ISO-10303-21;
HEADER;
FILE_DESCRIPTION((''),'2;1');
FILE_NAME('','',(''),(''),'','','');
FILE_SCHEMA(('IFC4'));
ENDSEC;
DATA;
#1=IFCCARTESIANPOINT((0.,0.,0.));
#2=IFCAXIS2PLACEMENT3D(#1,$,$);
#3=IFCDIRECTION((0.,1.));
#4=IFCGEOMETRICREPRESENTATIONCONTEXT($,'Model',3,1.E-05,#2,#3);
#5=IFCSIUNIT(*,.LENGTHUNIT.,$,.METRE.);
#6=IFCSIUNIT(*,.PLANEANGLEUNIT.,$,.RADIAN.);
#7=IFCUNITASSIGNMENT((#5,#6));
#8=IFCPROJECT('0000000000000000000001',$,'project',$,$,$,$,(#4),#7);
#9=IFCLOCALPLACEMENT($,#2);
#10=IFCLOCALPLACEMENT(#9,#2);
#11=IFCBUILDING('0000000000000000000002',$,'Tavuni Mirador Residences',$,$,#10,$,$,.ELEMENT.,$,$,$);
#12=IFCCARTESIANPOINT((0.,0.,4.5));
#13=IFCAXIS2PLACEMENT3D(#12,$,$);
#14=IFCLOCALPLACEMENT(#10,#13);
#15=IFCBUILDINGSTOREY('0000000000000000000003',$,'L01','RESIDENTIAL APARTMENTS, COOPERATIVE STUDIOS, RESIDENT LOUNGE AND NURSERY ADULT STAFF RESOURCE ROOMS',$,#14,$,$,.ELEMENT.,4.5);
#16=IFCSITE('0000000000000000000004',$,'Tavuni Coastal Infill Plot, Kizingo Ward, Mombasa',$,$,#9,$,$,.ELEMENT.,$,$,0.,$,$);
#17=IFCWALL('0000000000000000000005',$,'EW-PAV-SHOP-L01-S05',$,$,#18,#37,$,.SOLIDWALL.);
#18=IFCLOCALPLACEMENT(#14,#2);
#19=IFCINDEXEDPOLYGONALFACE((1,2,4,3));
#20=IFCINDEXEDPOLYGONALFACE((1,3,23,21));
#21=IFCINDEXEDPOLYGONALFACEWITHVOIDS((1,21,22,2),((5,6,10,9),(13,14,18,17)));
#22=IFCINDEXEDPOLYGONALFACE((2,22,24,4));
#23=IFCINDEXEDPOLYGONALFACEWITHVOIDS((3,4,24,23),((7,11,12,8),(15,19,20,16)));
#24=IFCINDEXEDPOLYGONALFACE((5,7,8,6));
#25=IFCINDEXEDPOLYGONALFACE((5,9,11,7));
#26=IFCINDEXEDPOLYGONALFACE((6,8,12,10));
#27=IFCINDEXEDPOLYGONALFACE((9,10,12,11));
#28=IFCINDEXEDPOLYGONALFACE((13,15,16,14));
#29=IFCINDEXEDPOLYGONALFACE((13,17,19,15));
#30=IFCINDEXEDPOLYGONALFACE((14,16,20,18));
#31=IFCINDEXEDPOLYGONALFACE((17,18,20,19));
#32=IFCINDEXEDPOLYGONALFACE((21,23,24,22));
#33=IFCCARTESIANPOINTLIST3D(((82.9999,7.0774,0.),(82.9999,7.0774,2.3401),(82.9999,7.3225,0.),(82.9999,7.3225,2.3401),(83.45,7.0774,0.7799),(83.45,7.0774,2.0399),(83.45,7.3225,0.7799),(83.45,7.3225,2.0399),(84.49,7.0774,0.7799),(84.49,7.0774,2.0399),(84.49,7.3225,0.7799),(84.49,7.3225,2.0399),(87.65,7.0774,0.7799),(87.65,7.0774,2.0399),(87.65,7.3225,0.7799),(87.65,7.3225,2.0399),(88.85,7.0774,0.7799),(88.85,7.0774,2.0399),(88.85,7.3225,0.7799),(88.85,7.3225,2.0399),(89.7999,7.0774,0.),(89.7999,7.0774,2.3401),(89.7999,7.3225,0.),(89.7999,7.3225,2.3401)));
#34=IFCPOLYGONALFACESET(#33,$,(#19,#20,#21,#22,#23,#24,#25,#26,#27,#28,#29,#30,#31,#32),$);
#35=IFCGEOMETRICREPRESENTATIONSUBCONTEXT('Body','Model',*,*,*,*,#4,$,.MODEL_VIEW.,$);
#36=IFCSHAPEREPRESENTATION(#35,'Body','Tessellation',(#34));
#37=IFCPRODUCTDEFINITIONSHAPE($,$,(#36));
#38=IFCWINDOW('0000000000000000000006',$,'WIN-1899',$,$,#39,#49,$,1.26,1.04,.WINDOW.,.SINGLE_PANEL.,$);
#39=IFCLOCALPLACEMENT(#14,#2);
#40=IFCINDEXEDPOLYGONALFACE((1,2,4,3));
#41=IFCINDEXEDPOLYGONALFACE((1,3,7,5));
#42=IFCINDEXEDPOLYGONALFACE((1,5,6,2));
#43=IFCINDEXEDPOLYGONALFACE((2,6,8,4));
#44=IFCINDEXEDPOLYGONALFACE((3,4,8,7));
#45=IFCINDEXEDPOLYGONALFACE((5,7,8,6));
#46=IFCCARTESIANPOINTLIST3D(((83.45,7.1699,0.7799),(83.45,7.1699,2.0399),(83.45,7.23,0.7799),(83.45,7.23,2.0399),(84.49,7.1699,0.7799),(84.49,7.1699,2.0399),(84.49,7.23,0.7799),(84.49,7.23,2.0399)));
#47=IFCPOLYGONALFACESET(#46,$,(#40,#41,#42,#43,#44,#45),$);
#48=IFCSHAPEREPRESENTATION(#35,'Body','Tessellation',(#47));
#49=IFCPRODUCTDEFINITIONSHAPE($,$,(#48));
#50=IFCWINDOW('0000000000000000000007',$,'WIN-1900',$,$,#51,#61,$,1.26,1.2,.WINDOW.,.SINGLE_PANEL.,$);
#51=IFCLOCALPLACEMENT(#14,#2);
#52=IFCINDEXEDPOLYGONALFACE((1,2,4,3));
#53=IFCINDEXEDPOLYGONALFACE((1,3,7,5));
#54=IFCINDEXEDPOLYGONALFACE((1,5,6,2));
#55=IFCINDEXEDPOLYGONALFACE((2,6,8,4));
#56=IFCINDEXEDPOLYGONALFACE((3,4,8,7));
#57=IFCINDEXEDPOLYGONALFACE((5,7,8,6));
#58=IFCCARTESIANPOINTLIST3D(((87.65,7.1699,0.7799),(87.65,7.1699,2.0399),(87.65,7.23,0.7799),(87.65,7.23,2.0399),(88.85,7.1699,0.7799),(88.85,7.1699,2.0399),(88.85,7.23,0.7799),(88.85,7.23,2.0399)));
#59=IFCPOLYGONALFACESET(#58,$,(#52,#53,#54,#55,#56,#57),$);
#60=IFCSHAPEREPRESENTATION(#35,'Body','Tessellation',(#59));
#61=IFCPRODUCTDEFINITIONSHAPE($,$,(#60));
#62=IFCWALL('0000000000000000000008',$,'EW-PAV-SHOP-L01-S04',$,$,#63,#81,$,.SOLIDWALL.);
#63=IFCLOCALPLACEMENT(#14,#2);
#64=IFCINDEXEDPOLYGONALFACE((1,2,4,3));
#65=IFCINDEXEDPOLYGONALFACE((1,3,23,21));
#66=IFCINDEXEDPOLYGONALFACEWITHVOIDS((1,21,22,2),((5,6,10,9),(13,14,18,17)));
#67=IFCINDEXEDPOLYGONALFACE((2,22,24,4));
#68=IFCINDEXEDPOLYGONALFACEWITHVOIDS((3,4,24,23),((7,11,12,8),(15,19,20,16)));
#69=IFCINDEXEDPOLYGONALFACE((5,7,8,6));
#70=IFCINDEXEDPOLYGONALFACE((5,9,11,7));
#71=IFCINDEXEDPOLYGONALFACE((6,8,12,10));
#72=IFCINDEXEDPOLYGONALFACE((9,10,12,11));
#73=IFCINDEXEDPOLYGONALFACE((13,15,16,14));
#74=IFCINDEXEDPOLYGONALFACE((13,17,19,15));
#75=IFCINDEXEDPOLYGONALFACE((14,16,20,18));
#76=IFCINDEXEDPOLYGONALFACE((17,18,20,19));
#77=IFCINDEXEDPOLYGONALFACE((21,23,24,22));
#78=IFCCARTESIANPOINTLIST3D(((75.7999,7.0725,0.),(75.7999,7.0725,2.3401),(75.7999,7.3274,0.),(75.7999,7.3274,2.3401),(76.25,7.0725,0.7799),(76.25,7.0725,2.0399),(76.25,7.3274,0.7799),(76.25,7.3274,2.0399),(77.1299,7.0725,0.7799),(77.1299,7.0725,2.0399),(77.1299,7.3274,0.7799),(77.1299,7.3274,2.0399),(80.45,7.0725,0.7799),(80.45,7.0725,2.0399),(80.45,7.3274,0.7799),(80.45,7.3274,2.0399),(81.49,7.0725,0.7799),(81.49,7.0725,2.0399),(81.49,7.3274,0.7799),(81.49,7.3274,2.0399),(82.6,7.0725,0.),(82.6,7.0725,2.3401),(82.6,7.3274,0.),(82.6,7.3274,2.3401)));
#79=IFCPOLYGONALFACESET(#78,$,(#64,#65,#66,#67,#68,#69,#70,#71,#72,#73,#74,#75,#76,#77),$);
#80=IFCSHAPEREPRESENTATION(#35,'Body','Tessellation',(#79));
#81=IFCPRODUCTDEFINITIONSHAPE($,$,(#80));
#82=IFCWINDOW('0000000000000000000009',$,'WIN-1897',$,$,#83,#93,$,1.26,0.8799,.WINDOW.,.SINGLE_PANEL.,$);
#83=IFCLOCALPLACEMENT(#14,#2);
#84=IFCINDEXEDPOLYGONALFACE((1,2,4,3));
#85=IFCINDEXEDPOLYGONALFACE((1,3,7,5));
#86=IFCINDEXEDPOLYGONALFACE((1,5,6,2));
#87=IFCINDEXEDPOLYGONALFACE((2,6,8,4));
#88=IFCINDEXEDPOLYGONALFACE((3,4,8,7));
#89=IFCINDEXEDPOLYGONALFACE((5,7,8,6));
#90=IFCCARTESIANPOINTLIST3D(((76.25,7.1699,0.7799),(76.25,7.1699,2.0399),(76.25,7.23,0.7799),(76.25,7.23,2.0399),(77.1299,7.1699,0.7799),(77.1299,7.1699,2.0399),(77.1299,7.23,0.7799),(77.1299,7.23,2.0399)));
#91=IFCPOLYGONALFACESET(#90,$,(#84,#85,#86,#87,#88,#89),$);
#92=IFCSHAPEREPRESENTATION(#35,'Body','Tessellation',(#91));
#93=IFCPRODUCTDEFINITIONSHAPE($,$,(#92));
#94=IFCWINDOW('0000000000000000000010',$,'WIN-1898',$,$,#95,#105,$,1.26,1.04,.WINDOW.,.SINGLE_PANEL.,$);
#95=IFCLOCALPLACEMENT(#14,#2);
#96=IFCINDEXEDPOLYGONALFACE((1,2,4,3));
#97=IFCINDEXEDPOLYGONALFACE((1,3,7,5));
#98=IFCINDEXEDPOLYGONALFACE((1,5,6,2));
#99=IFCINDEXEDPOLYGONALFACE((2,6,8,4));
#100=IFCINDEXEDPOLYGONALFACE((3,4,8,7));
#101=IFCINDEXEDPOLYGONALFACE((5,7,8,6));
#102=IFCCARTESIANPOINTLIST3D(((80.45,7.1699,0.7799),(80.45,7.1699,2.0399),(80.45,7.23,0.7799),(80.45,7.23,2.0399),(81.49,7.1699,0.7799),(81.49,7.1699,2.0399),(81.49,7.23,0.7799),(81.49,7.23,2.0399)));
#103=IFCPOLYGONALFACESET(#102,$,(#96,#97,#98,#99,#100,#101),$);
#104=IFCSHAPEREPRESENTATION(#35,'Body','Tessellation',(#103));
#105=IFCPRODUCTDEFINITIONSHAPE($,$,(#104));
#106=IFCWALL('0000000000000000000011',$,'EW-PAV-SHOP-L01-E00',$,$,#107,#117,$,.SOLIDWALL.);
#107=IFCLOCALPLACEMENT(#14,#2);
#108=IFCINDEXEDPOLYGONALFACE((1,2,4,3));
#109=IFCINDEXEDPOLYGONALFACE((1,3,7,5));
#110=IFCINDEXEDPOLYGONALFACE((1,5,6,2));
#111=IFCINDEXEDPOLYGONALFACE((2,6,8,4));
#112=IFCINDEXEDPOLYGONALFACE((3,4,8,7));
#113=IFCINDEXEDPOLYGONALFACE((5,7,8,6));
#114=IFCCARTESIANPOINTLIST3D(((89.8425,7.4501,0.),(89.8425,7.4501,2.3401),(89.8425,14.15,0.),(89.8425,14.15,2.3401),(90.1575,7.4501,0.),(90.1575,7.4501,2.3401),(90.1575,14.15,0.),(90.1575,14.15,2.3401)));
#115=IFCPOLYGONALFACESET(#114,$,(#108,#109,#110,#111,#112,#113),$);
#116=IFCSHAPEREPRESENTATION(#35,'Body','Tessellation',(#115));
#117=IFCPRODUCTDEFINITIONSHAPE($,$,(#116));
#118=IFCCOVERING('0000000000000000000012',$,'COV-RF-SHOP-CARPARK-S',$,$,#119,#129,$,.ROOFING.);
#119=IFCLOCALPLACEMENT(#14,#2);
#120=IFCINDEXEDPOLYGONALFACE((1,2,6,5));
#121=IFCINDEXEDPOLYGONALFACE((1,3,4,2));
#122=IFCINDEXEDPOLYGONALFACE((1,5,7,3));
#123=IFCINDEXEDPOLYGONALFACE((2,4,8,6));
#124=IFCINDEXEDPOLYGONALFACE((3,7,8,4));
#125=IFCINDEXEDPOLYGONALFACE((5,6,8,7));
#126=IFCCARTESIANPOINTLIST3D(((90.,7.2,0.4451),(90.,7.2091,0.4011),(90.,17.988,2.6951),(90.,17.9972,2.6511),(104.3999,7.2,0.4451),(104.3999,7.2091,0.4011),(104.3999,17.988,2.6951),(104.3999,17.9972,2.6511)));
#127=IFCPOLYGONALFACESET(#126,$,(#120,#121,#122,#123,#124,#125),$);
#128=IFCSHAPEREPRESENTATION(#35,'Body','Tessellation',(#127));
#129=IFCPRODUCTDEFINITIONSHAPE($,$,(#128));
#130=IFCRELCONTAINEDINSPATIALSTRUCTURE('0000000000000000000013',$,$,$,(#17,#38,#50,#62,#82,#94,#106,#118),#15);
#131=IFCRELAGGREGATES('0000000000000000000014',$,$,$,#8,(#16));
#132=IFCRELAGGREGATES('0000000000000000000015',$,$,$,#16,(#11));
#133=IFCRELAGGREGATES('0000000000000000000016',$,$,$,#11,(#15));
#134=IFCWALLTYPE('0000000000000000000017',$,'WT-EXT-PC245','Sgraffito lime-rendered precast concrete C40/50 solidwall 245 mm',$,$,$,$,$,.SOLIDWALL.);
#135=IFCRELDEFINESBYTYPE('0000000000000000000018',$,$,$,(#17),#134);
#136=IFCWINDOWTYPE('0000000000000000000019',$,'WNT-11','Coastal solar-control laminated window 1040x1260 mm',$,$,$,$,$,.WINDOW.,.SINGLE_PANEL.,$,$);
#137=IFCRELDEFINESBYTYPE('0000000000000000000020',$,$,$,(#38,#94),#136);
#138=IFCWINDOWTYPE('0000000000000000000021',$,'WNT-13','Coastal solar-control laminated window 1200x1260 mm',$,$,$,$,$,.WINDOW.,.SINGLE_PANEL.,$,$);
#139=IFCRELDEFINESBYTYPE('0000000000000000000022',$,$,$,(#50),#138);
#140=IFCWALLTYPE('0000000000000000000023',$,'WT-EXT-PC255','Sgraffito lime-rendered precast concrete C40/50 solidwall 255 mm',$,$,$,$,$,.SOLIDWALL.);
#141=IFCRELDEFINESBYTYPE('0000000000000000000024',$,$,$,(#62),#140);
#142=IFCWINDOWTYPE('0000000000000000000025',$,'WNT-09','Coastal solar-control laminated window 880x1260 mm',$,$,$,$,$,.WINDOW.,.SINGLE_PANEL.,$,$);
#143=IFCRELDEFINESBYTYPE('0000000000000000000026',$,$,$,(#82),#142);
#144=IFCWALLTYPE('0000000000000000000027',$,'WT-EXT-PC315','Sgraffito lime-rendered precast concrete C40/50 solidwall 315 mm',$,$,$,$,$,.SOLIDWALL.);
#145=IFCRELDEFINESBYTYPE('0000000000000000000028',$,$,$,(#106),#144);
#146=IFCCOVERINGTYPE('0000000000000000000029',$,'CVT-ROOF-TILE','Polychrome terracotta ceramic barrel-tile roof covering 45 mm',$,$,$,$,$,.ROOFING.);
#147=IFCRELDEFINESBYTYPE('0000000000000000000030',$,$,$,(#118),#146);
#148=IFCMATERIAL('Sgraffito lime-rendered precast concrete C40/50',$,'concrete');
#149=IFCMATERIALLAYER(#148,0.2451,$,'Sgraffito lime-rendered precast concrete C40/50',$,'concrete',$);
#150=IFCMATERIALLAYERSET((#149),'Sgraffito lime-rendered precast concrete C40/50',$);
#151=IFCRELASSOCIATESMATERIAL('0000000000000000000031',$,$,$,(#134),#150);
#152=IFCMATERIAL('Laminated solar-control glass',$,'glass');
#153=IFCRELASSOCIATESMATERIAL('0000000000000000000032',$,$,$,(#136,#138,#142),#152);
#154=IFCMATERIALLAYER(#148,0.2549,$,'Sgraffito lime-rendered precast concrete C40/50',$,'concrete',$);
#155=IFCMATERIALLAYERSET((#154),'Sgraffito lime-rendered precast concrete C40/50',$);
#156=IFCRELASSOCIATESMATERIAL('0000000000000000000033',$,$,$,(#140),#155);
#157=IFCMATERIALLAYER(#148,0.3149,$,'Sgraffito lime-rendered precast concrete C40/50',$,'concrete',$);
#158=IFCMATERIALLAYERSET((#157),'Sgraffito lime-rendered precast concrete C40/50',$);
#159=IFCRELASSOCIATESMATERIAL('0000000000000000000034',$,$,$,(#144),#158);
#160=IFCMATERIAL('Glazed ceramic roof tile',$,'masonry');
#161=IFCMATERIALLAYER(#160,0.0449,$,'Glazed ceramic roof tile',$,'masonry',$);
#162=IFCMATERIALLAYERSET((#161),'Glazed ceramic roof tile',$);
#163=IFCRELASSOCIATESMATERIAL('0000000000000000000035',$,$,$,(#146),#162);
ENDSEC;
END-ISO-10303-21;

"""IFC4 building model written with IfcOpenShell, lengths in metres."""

from ifc_helpers import new_model, si_unit, direction, frame, frame_2d, origin, place, context, subcontext, project, spatial, polyline, rectangle, outline, extrude, material, layer, layer_set, type_object, element, fill, save


model = new_model("IFC4")

# Units and contexts
model_context = context("Model", 3, precision=1e-05, world=origin(), true_north=direction((0.0, 1.0)))
body_context = subcontext(model_context, "Body", "Model", "MODEL_VIEW")
ifc_project = project(units=[si_unit("LENGTHUNIT", "METRE"), si_unit("PLANEANGLEUNIT", "RADIAN")], contexts=[model_context])

# Site, building, storey
site_placement = place(None, origin())
site = spatial("IfcSite", under=ifc_project, at=site_placement, Name="Tavuni Coastal Infill Plot, Kizingo Ward, Mombasa", CompositionType="ELEMENT", RefElevation=0.0)
building_placement = place(site_placement, origin())
building = spatial("IfcBuilding", under=site, at=building_placement, Name="Tavuni Mirador Residences", CompositionType="ELEMENT")
storey_placement = place(building_placement, frame((0.0, 0.0, 4.5)))
storey = spatial("IfcBuildingStorey", under=building, at=storey_placement, Name="L01", Description="RESIDENTIAL APARTMENTS, COOPERATIVE STUDIOS, RESIDENT LOUNGE AND NURSERY ADULT STAFF RESOURCE ROOMS", CompositionType="ELEMENT", Elevation=4.5)

# Walls, openings, windows
ifc_material_1 = material(Name="Sgraffito lime-rendered precast concrete C40/50", Category="concrete")
ifc_layer_1 = layer(ifc_material_1, 0.2451, Name="Sgraffito lime-rendered precast concrete C40/50", Category="concrete")
ifc_layer_set_1 = layer_set([ifc_layer_1], Name="Sgraffito lime-rendered precast concrete C40/50")
wall_type_1 = type_object("IfcWallType", Name="WT-EXT-PC245", Description="Sgraffito lime-rendered precast concrete C40/50 solidwall 245 mm", PredefinedType="SOLIDWALL", material=ifc_layer_set_1)
wall_1_placement = place(storey_placement, frame((83.0, 7.2, 0.0), z_axis=(0.0, 0.0, 1.0), x_axis=(1.0, 0.0, 0.0)))
wall_1 = element("IfcWall", 1, at=wall_1_placement, inside=storey, type_object=wall_type_1, Name="EW-PAV-SHOP-L01-S05", PredefinedType="SOLIDWALL", context=body_context, shape_type="SweptSolid", body=[
    extrude(rectangle(XDim=6.8, YDim=0.2451, at=frame_2d((3.3999, 0.0))), origin(), (0.0, 0.0, 1.0), 2.3401),
])
opening_1_placement = place(wall_1_placement, frame((0.45, 0.0, 0.78)))
opening_1 = element("IfcOpeningElement", 2, at=opening_1_placement, cuts=wall_1, PredefinedType="OPENING", context=body_context, shape_type="SweptSolid", body=[
    extrude(rectangle(XDim=1.04, YDim=1.26, at=frame_2d((0.52, 0.6299))), frame((0.0, 0.1326, 0.0), z_axis=(0.0, -1.0, 0.0), x_axis=(1.0, 0.0, 0.0)), (0.0, 0.0, 1.0), 0.2651),
])
opening_2_placement = place(wall_1_placement, frame((4.6499, 0.0, 0.78)))
opening_2 = element("IfcOpeningElement", 3, at=opening_2_placement, cuts=wall_1, PredefinedType="OPENING", context=body_context, shape_type="SweptSolid", body=[
    extrude(rectangle(XDim=1.2, YDim=1.26, at=frame_2d((0.6001, 0.6299))), frame((0.0, 0.1326, 0.0), z_axis=(0.0, -1.0, 0.0), x_axis=(1.0, 0.0, 0.0)), (0.0, 0.0, 1.0), 0.2651),
])
ifc_material_2 = material(Name="Laminated solar-control glass", Category="glass")
window_type_1 = type_object("IfcWindowType", Name="WNT-11", Description="Coastal solar-control laminated window 1040x1260 mm", PartitioningType="SINGLE_PANEL", PredefinedType="WINDOW", material=ifc_material_2)
window_1_placement = place(opening_1_placement, origin())
window_1 = element("IfcWindow", 4, at=window_1_placement, inside=storey, type_object=window_type_1, Name="WIN-1899", OverallHeight=1.26, OverallWidth=1.04, PartitioningType="SINGLE_PANEL", PredefinedType="WINDOW", context=body_context, shape_type="SweptSolid", body=[
    extrude(rectangle(XDim=1.04, YDim=1.26, at=frame_2d((0.52, 0.6299))), frame((0.0, 0.03, 0.0), z_axis=(0.0, -1.0, 0.0), x_axis=(1.0, 0.0, 0.0)), (0.0, 0.0, 1.0), 0.0601),
])
fill(opening_1, window_1)
window_type_2 = type_object("IfcWindowType", Name="WNT-13", Description="Coastal solar-control laminated window 1200x1260 mm", PartitioningType="SINGLE_PANEL", PredefinedType="WINDOW", material=ifc_material_2)
window_2_placement = place(opening_2_placement, origin())
window_2 = element("IfcWindow", 5, at=window_2_placement, inside=storey, type_object=window_type_2, Name="WIN-1900", OverallHeight=1.26, OverallWidth=1.2, PartitioningType="SINGLE_PANEL", PredefinedType="WINDOW", context=body_context, shape_type="SweptSolid", body=[
    extrude(rectangle(XDim=1.2, YDim=1.26, at=frame_2d((0.6001, 0.6299))), frame((0.0, 0.03, 0.0), z_axis=(0.0, -1.0, 0.0), x_axis=(1.0, 0.0, 0.0)), (0.0, 0.0, 1.0), 0.0601),
])
fill(opening_2, window_2)
ifc_layer_2 = layer(ifc_material_1, 0.2549, Name="Sgraffito lime-rendered precast concrete C40/50", Category="concrete")
ifc_layer_set_2 = layer_set([ifc_layer_2], Name="Sgraffito lime-rendered precast concrete C40/50")
wall_type_2 = type_object("IfcWallType", Name="WT-EXT-PC255", Description="Sgraffito lime-rendered precast concrete C40/50 solidwall 255 mm", PredefinedType="SOLIDWALL", material=ifc_layer_set_2)
wall_2_placement = place(storey_placement, frame((75.8, 7.2, 0.0), z_axis=(0.0, 0.0, 1.0), x_axis=(1.0, 0.0, 0.0)))
wall_2 = element("IfcWall", 6, at=wall_2_placement, inside=storey, type_object=wall_type_2, Name="EW-PAV-SHOP-L01-S04", PredefinedType="SOLIDWALL", context=body_context, shape_type="SweptSolid", body=[
    extrude(rectangle(XDim=6.8, YDim=0.2549, at=frame_2d((3.3999, 0.0))), origin(), (0.0, 0.0, 1.0), 2.3401),
])
opening_3_placement = place(wall_2_placement, frame((0.45, 0.0, 0.78)))
opening_3 = element("IfcOpeningElement", 7, at=opening_3_placement, cuts=wall_2, PredefinedType="OPENING", context=body_context, shape_type="SweptSolid", body=[
    extrude(rectangle(XDim=0.8799, YDim=1.26, at=frame_2d((0.4399, 0.6299))), frame((0.0, 0.1375, 0.0), z_axis=(0.0, -1.0, 0.0), x_axis=(1.0, 0.0, 0.0)), (0.0, 0.0, 1.0), 0.2749),
])
opening_4_placement = place(wall_2_placement, frame((4.6499, 0.0, 0.78)))
opening_4 = element("IfcOpeningElement", 8, at=opening_4_placement, cuts=wall_2, PredefinedType="OPENING", context=body_context, shape_type="SweptSolid", body=[
    extrude(rectangle(XDim=1.04, YDim=1.26, at=frame_2d((0.52, 0.6299))), frame((0.0, 0.1375, 0.0), z_axis=(0.0, -1.0, 0.0), x_axis=(1.0, 0.0, 0.0)), (0.0, 0.0, 1.0), 0.2749),
])
window_type_3 = type_object("IfcWindowType", Name="WNT-09", Description="Coastal solar-control laminated window 880x1260 mm", PartitioningType="SINGLE_PANEL", PredefinedType="WINDOW", material=ifc_material_2)
window_3_placement = place(opening_3_placement, origin())
window_3 = element("IfcWindow", 9, at=window_3_placement, inside=storey, type_object=window_type_3, Name="WIN-1897", OverallHeight=1.26, OverallWidth=0.8799, PartitioningType="SINGLE_PANEL", PredefinedType="WINDOW", context=body_context, shape_type="SweptSolid", body=[
    extrude(rectangle(XDim=0.8799, YDim=1.26, at=frame_2d((0.4399, 0.6299))), frame((0.0, 0.03, 0.0), z_axis=(0.0, -1.0, 0.0), x_axis=(1.0, 0.0, 0.0)), (0.0, 0.0, 1.0), 0.0601),
])
fill(opening_3, window_3)
window_4_placement = place(opening_4_placement, origin())
window_4 = element("IfcWindow", 10, at=window_4_placement, inside=storey, type_object=window_type_1, Name="WIN-1898", OverallHeight=1.26, OverallWidth=1.04, PartitioningType="SINGLE_PANEL", PredefinedType="WINDOW", context=body_context, shape_type="SweptSolid", body=[
    extrude(rectangle(XDim=1.04, YDim=1.26, at=frame_2d((0.52, 0.6299))), frame((0.0, 0.03, 0.0), z_axis=(0.0, -1.0, 0.0), x_axis=(1.0, 0.0, 0.0)), (0.0, 0.0, 1.0), 0.0601),
])
fill(opening_4, window_4)

# Wall
ifc_layer_3 = layer(ifc_material_1, 0.3149, Name="Sgraffito lime-rendered precast concrete C40/50", Category="concrete")
ifc_layer_set_3 = layer_set([ifc_layer_3], Name="Sgraffito lime-rendered precast concrete C40/50")
wall_type_3 = type_object("IfcWallType", Name="WT-EXT-PC315", Description="Sgraffito lime-rendered precast concrete C40/50 solidwall 315 mm", PredefinedType="SOLIDWALL", material=ifc_layer_set_3)
wall_3_placement = place(storey_placement, frame((90.0, 7.45, 0.0), z_axis=(0.0, 0.0, 1.0), x_axis=(0.0, 1.0, 0.0)))
element("IfcWall", 11, at=wall_3_placement, inside=storey, type_object=wall_type_3, Name="EW-PAV-SHOP-L01-E00", PredefinedType="SOLIDWALL", context=body_context, shape_type="SweptSolid", body=[
    extrude(rectangle(XDim=6.7, YDim=0.3149, at=frame_2d((3.3501, 0.0))), origin(), (0.0, 0.0, 1.0), 2.3401),
])

# Covering
ifc_material_3 = material(Name="Glazed ceramic roof tile", Category="masonry")
ifc_layer_4 = layer(ifc_material_3, 0.0449, Name="Glazed ceramic roof tile", Category="masonry")
ifc_layer_set_4 = layer_set([ifc_layer_4], Name="Glazed ceramic roof tile")
covering_type = type_object("IfcCoveringType", Name="CVT-ROOF-TILE", Description="Polychrome terracotta ceramic barrel-tile roof covering 45 mm", PredefinedType="ROOFING", material=ifc_layer_set_4)
covering_placement = place(storey_placement, frame((90.0, 7.2, 0.4451), z_axis=(0.0, -0.20417, 0.978935), x_axis=(1.0, 0.0, 0.0)))
element("IfcCovering", 12, at=covering_placement, inside=storey, type_object=covering_type, Name="COV-RF-SHOP-CARPARK-S", PredefinedType="ROOFING", context=body_context, shape_type="SweptSolid", body=[
    extrude(outline(polyline([(0.0, 0.0), (14.3999, 0.0), (14.3999, 11.0202), (0.0, 11.0202), (0.0, 0.0)])), origin(), (0.0, 0.0, -1.0), 0.0449),
])

save(model, "model.ifc")
